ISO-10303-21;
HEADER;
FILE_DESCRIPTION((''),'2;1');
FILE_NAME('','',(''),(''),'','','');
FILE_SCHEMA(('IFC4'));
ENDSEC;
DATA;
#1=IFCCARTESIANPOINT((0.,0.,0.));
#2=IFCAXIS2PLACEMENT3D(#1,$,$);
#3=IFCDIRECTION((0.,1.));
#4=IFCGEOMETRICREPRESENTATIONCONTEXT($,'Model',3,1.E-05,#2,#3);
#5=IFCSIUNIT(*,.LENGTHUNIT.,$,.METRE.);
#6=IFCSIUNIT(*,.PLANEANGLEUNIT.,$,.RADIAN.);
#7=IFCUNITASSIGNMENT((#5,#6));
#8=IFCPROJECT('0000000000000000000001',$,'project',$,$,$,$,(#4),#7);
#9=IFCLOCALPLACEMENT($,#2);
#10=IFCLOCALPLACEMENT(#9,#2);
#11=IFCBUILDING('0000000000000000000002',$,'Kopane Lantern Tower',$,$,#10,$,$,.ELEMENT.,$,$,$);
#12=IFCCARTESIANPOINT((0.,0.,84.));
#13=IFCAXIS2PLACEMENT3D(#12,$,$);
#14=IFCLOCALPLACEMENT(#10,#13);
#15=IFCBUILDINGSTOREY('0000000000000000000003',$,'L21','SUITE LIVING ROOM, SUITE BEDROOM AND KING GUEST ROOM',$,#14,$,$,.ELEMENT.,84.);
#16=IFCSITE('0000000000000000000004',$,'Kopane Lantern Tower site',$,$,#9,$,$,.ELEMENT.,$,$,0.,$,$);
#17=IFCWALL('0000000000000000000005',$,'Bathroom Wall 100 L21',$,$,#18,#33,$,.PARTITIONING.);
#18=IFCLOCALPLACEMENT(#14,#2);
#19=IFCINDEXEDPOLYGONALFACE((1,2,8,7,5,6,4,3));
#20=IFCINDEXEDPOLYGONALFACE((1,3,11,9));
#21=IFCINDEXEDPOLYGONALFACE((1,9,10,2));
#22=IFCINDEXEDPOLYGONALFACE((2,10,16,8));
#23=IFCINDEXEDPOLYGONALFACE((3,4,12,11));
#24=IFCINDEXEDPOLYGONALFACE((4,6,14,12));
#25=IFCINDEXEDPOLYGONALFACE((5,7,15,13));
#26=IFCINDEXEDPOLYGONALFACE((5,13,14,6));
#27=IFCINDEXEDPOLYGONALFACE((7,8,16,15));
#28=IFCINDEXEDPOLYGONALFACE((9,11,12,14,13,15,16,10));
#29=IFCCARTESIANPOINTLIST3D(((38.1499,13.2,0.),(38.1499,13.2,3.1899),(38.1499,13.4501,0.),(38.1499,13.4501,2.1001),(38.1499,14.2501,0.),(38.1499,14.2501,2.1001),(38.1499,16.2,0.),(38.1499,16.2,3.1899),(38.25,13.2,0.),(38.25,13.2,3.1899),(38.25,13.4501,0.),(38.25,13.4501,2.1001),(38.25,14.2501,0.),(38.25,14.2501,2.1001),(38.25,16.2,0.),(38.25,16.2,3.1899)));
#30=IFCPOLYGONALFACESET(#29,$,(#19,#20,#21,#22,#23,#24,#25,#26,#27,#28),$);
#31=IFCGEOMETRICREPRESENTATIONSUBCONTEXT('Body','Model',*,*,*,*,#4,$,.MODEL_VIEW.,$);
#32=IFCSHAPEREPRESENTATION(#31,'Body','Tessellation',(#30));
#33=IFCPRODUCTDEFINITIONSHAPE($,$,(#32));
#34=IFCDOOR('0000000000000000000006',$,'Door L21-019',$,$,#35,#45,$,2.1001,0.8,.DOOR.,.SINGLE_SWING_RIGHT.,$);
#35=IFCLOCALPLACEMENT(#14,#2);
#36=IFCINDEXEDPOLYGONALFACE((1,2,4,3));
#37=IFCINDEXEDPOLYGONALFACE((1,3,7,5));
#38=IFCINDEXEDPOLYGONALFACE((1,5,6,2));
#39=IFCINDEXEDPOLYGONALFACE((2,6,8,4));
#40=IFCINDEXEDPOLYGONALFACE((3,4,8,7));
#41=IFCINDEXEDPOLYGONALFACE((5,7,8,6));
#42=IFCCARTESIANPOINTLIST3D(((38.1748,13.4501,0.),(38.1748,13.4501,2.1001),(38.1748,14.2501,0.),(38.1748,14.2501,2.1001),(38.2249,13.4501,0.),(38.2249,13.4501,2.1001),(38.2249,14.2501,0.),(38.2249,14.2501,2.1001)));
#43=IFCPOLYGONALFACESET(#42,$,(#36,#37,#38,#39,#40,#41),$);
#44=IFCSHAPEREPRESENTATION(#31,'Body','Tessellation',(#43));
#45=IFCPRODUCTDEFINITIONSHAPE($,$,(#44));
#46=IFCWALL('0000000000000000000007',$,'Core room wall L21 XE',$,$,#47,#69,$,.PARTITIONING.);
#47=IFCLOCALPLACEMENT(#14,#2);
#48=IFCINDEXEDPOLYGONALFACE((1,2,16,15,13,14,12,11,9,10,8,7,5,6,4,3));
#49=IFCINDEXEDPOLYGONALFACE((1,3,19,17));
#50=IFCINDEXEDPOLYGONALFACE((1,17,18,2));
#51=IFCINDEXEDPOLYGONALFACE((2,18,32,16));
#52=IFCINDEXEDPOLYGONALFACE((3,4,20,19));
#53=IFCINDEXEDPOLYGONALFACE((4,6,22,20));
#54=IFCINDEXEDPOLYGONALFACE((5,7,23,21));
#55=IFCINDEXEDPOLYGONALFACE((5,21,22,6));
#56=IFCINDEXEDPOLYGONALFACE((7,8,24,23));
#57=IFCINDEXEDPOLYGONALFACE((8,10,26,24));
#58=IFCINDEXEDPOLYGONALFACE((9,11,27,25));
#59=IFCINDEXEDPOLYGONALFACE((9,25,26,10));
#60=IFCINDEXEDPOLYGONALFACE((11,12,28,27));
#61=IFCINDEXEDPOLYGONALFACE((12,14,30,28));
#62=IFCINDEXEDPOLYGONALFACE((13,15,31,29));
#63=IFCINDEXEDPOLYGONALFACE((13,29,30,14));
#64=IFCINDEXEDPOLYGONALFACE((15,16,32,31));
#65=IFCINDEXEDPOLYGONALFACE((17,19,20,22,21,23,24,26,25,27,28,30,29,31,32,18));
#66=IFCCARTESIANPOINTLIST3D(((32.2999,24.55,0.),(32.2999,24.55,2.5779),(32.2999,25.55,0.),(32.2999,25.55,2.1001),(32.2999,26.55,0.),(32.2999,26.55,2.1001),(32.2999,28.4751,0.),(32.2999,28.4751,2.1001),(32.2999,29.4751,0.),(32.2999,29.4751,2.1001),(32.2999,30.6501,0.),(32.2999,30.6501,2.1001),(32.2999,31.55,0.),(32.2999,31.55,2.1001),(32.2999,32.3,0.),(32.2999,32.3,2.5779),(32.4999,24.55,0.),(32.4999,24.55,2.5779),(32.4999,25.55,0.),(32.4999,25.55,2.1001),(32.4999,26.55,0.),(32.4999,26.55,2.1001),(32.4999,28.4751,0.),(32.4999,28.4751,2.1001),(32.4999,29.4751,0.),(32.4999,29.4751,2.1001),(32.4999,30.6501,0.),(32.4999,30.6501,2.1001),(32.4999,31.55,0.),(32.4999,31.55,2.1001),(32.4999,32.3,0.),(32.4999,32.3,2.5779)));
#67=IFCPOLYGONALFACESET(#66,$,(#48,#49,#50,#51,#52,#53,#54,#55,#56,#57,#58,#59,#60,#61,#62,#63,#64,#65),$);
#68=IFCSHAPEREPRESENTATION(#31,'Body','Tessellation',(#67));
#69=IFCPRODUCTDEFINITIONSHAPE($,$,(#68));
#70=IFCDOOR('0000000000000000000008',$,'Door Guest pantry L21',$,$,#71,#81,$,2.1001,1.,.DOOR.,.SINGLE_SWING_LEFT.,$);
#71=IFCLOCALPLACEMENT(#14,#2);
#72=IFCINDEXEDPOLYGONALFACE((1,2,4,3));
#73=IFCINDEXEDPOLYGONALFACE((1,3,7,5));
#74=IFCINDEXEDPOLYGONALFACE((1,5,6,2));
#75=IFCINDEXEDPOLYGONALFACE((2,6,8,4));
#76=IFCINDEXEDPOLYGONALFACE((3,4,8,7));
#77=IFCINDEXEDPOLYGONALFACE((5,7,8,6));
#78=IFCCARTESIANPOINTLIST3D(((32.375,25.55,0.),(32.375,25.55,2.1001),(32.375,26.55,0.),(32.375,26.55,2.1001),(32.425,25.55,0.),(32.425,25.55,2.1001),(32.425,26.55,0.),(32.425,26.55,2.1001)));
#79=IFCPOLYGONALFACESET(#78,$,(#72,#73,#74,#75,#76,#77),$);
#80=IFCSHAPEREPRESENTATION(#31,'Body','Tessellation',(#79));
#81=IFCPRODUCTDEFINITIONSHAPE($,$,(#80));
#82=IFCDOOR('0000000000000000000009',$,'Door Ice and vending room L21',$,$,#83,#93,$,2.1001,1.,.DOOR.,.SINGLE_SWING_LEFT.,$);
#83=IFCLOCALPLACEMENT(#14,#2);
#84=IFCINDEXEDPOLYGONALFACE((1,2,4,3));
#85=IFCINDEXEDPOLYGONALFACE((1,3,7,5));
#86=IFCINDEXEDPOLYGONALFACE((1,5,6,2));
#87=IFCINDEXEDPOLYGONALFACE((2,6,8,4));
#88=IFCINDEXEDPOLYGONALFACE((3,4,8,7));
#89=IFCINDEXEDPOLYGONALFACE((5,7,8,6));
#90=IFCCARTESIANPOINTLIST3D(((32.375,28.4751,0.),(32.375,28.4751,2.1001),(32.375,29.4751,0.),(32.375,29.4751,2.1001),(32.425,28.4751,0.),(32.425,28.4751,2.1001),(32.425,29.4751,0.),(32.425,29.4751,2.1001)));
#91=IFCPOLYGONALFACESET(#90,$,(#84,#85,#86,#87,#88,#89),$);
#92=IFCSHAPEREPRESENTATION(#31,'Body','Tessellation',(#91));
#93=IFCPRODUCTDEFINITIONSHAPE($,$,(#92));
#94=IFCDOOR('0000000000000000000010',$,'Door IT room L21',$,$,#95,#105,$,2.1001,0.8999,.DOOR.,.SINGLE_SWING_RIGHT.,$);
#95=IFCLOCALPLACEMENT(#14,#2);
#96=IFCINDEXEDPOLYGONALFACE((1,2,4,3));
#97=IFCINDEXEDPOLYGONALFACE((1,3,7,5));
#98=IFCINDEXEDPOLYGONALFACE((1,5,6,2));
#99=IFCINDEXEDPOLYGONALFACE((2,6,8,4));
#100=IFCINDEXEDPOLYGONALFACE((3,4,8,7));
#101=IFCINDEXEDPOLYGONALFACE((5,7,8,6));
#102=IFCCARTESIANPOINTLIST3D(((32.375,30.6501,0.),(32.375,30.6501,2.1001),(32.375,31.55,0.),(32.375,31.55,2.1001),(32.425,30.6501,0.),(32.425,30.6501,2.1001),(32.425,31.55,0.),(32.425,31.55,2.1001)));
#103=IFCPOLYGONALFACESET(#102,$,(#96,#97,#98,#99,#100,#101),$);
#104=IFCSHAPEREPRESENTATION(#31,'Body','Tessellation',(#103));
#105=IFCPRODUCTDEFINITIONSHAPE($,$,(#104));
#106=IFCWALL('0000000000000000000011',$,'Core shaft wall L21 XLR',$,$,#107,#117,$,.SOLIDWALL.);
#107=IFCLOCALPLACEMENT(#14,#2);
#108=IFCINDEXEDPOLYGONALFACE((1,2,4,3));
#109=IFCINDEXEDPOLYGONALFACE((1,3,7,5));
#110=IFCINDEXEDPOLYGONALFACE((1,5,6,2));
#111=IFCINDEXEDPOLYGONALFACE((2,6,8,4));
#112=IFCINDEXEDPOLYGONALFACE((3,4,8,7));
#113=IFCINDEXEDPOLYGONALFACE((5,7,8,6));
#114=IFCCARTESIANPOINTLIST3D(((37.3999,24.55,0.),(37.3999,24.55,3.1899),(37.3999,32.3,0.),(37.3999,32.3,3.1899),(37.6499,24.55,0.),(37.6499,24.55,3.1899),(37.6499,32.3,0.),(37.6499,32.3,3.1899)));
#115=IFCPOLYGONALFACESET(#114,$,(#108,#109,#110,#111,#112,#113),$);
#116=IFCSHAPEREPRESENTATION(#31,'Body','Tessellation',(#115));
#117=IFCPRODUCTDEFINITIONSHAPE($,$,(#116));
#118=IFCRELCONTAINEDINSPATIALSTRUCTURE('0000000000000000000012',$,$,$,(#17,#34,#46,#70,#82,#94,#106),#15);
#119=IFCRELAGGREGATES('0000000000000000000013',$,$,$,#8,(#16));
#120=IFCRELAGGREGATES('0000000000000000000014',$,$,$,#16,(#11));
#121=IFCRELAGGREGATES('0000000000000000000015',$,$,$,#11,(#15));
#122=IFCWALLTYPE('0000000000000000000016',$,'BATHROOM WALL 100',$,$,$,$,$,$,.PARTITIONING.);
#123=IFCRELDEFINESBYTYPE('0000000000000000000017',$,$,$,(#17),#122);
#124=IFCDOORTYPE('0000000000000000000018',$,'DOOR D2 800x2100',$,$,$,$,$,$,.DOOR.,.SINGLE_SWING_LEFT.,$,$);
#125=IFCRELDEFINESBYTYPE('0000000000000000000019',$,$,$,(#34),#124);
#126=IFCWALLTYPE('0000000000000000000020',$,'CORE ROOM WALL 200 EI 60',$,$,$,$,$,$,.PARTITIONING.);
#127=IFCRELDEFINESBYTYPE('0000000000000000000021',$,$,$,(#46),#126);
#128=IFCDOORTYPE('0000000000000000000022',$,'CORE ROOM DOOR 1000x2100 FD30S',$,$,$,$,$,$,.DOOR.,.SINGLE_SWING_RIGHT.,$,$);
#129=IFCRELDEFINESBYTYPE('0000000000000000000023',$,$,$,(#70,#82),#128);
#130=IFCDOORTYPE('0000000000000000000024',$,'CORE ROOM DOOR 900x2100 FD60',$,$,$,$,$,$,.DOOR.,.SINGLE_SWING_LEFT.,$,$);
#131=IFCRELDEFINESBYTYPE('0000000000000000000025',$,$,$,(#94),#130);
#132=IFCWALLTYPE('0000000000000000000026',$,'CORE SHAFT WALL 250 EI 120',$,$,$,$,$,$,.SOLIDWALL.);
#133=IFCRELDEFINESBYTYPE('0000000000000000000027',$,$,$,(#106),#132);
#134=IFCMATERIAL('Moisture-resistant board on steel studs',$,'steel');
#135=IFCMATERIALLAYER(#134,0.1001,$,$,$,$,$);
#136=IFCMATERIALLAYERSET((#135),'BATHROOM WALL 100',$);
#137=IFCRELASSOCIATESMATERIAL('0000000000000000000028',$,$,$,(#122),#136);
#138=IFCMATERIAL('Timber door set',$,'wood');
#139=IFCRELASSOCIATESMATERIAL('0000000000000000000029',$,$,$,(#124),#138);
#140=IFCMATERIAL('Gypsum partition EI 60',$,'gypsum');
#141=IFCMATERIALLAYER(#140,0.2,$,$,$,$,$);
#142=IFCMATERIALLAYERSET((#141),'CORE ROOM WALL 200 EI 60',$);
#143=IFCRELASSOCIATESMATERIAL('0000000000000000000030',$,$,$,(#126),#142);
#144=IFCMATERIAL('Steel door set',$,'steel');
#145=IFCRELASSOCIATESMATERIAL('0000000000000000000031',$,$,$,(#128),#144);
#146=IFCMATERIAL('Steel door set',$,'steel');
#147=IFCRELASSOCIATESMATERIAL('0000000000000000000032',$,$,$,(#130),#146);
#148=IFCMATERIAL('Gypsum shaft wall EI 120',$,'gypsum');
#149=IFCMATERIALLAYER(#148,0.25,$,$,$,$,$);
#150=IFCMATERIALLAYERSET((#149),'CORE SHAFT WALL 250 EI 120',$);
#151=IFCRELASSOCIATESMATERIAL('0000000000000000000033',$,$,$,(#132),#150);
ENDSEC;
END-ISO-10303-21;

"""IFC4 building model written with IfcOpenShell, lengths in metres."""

from ifc_helpers import new_model, si_unit, direction, frame, frame_2d, origin, place, context, subcontext, project, spatial, rectangle, extrude, material, layer, layer_set, type_object, element, fill, save


model = new_model("IFC4")

# Units and contexts
model_context = context("Model", 3, precision=1e-05, world=origin(), true_north=direction((0.0, 1.0)))
body_context = subcontext(model_context, "Body", "Model", "MODEL_VIEW")
ifc_project = project(units=[si_unit("LENGTHUNIT", "METRE"), si_unit("PLANEANGLEUNIT", "RADIAN")], contexts=[model_context])

# Site, building, storey
site_placement = place(None, origin())
site = spatial("IfcSite", under=ifc_project, at=site_placement, Name="Kopane Lantern Tower site", CompositionType="ELEMENT", RefElevation=0.0)
building_placement = place(site_placement, origin())
building = spatial("IfcBuilding", under=site, at=building_placement, Name="Kopane Lantern Tower", CompositionType="ELEMENT")
storey_placement = place(building_placement, frame((0.0, 0.0, 84.0)))
storey = spatial("IfcBuildingStorey", under=building, at=storey_placement, Name="L21", Description="SUITE LIVING ROOM, SUITE BEDROOM AND KING GUEST ROOM", CompositionType="ELEMENT", Elevation=84.0)

# Wall, opening, door
ifc_material_1 = material(Name="Moisture-resistant board on steel studs", Category="steel")
ifc_layer_1 = layer(ifc_material_1, 0.1001)
ifc_layer_set_1 = layer_set([ifc_layer_1], Name="BATHROOM WALL 100")
wall_type_1 = type_object("IfcWallType", Name="BATHROOM WALL 100", PredefinedType="PARTITIONING", material=ifc_layer_set_1)
ifc_material_2 = material(Name="Timber door set", Category="wood")
door_type_1 = type_object("IfcDoorType", Name="DOOR D2 800x2100", OperationType="SINGLE_SWING_LEFT", PredefinedType="DOOR", material=ifc_material_2)
wall_1_placement = place(storey_placement, frame((38.2, 16.2, 0.0), z_axis=(0.0, 0.0, 1.0), x_axis=(0.0, -1.0, 0.0)))
wall_1 = element("IfcWall", 1, at=wall_1_placement, inside=storey, type_object=wall_type_1, Name="Bathroom Wall 100 L21", PredefinedType="PARTITIONING", context=body_context, shape_type="SweptSolid", body=[
    extrude(rectangle(XDim=3.0, YDim=0.1001, at=frame_2d((1.5, 0.0))), origin(), (0.0, 0.0, 1.0), 3.1899),
])
opening_1_placement = place(wall_1_placement, frame((1.95, 0.0, 0.0)))
opening_1 = element("IfcOpeningElement", 2, at=opening_1_placement, cuts=wall_1, PredefinedType="OPENING", context=body_context, shape_type="SweptSolid", body=[
    extrude(rectangle(XDim=0.8, YDim=2.1001, at=frame_2d((0.3999, 1.05))), frame((0.0, 0.0601, 0.0), z_axis=(0.0, -1.0, 0.0), x_axis=(1.0, 0.0, 0.0)), (0.0, 0.0, 1.0), 0.1201),
])
door_1_placement = place(opening_1_placement, origin())
door_1 = element("IfcDoor", 3, at=door_1_placement, inside=storey, type_object=door_type_1, Name="Door L21-019", OperationType="SINGLE_SWING_RIGHT", OverallHeight=2.1001, OverallWidth=0.8, PredefinedType="DOOR", context=body_context, shape_type="SweptSolid", body=[
    extrude(rectangle(XDim=0.8, YDim=2.1001, at=frame_2d((0.3999, 1.05))), frame((0.0, 0.0249, 0.0), z_axis=(0.0, -1.0, 0.0), x_axis=(1.0, 0.0, 0.0)), (0.0, 0.0, 1.0), 0.05),
])
fill(opening_1, door_1)

# Wall, openings, doors
ifc_material_3 = material(Name="Gypsum partition EI 60", Category="gypsum")
ifc_layer_2 = layer(ifc_material_3, 0.2)
ifc_layer_set_2 = layer_set([ifc_layer_2], Name="CORE ROOM WALL 200 EI 60")
wall_type_2 = type_object("IfcWallType", Name="CORE ROOM WALL 200 EI 60", PredefinedType="PARTITIONING", material=ifc_layer_set_2)
wall_2_placement = place(storey_placement, frame((32.3999, 24.55, 0.0), z_axis=(0.0, 0.0, 1.0), x_axis=(0.0, 1.0, 0.0)))
wall_2 = element("IfcWall", 4, at=wall_2_placement, inside=storey, type_object=wall_type_2, Name="Core room wall L21 XE", PredefinedType="PARTITIONING", context=body_context, shape_type="SweptSolid", body=[
    extrude(rectangle(XDim=7.75, YDim=0.2, at=frame_2d((3.875, 0.0))), origin(), (0.0, 0.0, 1.0), 2.5779),
])
opening_2_placement = place(wall_2_placement, frame((1.0, 0.0, 0.0)))
opening_2 = element("IfcOpeningElement", 5, at=opening_2_placement, cuts=wall_2, PredefinedType="OPENING", context=body_context, shape_type="SweptSolid", body=[
    extrude(rectangle(XDim=1.0, YDim=2.1001, at=frame_2d((0.5, 1.05))), frame((0.0, 0.1099, 0.0), z_axis=(0.0, -1.0, 0.0), x_axis=(1.0, 0.0, 0.0)), (0.0, 0.0, 1.0), 0.22),
])
opening_3_placement = place(wall_2_placement, frame((3.925, 0.0, 0.0)))
opening_3 = element("IfcOpeningElement", 6, at=opening_3_placement, cuts=wall_2, PredefinedType="OPENING", context=body_context, shape_type="SweptSolid", body=[
    extrude(rectangle(XDim=1.0, YDim=2.1001, at=frame_2d((0.5, 1.05))), frame((0.0, 0.1099, 0.0), z_axis=(0.0, -1.0, 0.0), x_axis=(1.0, 0.0, 0.0)), (0.0, 0.0, 1.0), 0.22),
])
opening_4_placement = place(wall_2_placement, frame((6.1001, 0.0, 0.0)))
opening_4 = element("IfcOpeningElement", 7, at=opening_4_placement, cuts=wall_2, PredefinedType="OPENING", context=body_context, shape_type="SweptSolid", body=[
    extrude(rectangle(XDim=0.8999, YDim=2.1001, at=frame_2d((0.45, 1.05))), frame((0.0, 0.1099, 0.0), z_axis=(0.0, -1.0, 0.0), x_axis=(1.0, 0.0, 0.0)), (0.0, 0.0, 1.0), 0.22),
])
ifc_material_4 = material(Name="Steel door set", Category="steel")
door_type_2 = type_object("IfcDoorType", Name="CORE ROOM DOOR 1000x2100 FD30S", OperationType="SINGLE_SWING_RIGHT", PredefinedType="DOOR", material=ifc_material_4)
door_2_placement = place(opening_2_placement, origin())
door_2 = element("IfcDoor", 8, at=door_2_placement, inside=storey, type_object=door_type_2, Name="Door Guest pantry L21", OperationType="SINGLE_SWING_LEFT", OverallHeight=2.1001, OverallWidth=1.0, PredefinedType="DOOR", context=body_context, shape_type="SweptSolid", body=[
    extrude(rectangle(XDim=1.0, YDim=2.1001, at=frame_2d((0.5, 1.05))), frame((0.0, 0.0249, 0.0), z_axis=(0.0, -1.0, 0.0), x_axis=(1.0, 0.0, 0.0)), (0.0, 0.0, 1.0), 0.05),
])
fill(opening_2, door_2)
door_3_placement = place(opening_3_placement, origin())
door_3 = element("IfcDoor", 9, at=door_3_placement, inside=storey, type_object=door_type_2, Name="Door Ice and vending room L21", OperationType="SINGLE_SWING_LEFT", OverallHeight=2.1001, OverallWidth=1.0, PredefinedType="DOOR", context=body_context, shape_type="SweptSolid", body=[
    extrude(rectangle(XDim=1.0, YDim=2.1001, at=frame_2d((0.5, 1.05))), frame((0.0, 0.0249, 0.0), z_axis=(0.0, -1.0, 0.0), x_axis=(1.0, 0.0, 0.0)), (0.0, 0.0, 1.0), 0.05),
])
fill(opening_3, door_3)
ifc_material_5 = material(Name="Steel door set", Category="steel")
door_type_3 = type_object("IfcDoorType", Name="CORE ROOM DOOR 900x2100 FD60", OperationType="SINGLE_SWING_LEFT", PredefinedType="DOOR", material=ifc_material_5)
door_4_placement = place(opening_4_placement, origin())
door_4 = element("IfcDoor", 10, at=door_4_placement, inside=storey, type_object=door_type_3, Name="Door IT room L21", OperationType="SINGLE_SWING_RIGHT", OverallHeight=2.1001, OverallWidth=0.8999, PredefinedType="DOOR", context=body_context, shape_type="SweptSolid", body=[
    extrude(rectangle(XDim=0.8999, YDim=2.1001, at=frame_2d((0.45, 1.05))), frame((0.0, 0.0249, 0.0), z_axis=(0.0, -1.0, 0.0), x_axis=(1.0, 0.0, 0.0)), (0.0, 0.0, 1.0), 0.05),
])
fill(opening_4, door_4)

# Wall
ifc_material_6 = material(Name="Gypsum shaft wall EI 120", Category="gypsum")
ifc_layer_3 = layer(ifc_material_6, 0.25)
ifc_layer_set_3 = layer_set([ifc_layer_3], Name="CORE SHAFT WALL 250 EI 120")
wall_type_3 = type_object("IfcWallType", Name="CORE SHAFT WALL 250 EI 120", PredefinedType="SOLIDWALL", material=ifc_layer_set_3)
wall_3_placement = place(storey_placement, frame((37.5249, 24.55, 0.0), z_axis=(0.0, 0.0, 1.0), x_axis=(0.0, 1.0, 0.0)))
element("IfcWall", 11, at=wall_3_placement, inside=storey, type_object=wall_type_3, Name="Core shaft wall L21 XLR", PredefinedType="SOLIDWALL", context=body_context, shape_type="SweptSolid", body=[
    extrude(rectangle(XDim=7.75, YDim=0.25, at=frame_2d((3.875, 0.0))), origin(), (0.0, 0.0, 1.0), 3.1899),
])

save(model, "model.ifc")
